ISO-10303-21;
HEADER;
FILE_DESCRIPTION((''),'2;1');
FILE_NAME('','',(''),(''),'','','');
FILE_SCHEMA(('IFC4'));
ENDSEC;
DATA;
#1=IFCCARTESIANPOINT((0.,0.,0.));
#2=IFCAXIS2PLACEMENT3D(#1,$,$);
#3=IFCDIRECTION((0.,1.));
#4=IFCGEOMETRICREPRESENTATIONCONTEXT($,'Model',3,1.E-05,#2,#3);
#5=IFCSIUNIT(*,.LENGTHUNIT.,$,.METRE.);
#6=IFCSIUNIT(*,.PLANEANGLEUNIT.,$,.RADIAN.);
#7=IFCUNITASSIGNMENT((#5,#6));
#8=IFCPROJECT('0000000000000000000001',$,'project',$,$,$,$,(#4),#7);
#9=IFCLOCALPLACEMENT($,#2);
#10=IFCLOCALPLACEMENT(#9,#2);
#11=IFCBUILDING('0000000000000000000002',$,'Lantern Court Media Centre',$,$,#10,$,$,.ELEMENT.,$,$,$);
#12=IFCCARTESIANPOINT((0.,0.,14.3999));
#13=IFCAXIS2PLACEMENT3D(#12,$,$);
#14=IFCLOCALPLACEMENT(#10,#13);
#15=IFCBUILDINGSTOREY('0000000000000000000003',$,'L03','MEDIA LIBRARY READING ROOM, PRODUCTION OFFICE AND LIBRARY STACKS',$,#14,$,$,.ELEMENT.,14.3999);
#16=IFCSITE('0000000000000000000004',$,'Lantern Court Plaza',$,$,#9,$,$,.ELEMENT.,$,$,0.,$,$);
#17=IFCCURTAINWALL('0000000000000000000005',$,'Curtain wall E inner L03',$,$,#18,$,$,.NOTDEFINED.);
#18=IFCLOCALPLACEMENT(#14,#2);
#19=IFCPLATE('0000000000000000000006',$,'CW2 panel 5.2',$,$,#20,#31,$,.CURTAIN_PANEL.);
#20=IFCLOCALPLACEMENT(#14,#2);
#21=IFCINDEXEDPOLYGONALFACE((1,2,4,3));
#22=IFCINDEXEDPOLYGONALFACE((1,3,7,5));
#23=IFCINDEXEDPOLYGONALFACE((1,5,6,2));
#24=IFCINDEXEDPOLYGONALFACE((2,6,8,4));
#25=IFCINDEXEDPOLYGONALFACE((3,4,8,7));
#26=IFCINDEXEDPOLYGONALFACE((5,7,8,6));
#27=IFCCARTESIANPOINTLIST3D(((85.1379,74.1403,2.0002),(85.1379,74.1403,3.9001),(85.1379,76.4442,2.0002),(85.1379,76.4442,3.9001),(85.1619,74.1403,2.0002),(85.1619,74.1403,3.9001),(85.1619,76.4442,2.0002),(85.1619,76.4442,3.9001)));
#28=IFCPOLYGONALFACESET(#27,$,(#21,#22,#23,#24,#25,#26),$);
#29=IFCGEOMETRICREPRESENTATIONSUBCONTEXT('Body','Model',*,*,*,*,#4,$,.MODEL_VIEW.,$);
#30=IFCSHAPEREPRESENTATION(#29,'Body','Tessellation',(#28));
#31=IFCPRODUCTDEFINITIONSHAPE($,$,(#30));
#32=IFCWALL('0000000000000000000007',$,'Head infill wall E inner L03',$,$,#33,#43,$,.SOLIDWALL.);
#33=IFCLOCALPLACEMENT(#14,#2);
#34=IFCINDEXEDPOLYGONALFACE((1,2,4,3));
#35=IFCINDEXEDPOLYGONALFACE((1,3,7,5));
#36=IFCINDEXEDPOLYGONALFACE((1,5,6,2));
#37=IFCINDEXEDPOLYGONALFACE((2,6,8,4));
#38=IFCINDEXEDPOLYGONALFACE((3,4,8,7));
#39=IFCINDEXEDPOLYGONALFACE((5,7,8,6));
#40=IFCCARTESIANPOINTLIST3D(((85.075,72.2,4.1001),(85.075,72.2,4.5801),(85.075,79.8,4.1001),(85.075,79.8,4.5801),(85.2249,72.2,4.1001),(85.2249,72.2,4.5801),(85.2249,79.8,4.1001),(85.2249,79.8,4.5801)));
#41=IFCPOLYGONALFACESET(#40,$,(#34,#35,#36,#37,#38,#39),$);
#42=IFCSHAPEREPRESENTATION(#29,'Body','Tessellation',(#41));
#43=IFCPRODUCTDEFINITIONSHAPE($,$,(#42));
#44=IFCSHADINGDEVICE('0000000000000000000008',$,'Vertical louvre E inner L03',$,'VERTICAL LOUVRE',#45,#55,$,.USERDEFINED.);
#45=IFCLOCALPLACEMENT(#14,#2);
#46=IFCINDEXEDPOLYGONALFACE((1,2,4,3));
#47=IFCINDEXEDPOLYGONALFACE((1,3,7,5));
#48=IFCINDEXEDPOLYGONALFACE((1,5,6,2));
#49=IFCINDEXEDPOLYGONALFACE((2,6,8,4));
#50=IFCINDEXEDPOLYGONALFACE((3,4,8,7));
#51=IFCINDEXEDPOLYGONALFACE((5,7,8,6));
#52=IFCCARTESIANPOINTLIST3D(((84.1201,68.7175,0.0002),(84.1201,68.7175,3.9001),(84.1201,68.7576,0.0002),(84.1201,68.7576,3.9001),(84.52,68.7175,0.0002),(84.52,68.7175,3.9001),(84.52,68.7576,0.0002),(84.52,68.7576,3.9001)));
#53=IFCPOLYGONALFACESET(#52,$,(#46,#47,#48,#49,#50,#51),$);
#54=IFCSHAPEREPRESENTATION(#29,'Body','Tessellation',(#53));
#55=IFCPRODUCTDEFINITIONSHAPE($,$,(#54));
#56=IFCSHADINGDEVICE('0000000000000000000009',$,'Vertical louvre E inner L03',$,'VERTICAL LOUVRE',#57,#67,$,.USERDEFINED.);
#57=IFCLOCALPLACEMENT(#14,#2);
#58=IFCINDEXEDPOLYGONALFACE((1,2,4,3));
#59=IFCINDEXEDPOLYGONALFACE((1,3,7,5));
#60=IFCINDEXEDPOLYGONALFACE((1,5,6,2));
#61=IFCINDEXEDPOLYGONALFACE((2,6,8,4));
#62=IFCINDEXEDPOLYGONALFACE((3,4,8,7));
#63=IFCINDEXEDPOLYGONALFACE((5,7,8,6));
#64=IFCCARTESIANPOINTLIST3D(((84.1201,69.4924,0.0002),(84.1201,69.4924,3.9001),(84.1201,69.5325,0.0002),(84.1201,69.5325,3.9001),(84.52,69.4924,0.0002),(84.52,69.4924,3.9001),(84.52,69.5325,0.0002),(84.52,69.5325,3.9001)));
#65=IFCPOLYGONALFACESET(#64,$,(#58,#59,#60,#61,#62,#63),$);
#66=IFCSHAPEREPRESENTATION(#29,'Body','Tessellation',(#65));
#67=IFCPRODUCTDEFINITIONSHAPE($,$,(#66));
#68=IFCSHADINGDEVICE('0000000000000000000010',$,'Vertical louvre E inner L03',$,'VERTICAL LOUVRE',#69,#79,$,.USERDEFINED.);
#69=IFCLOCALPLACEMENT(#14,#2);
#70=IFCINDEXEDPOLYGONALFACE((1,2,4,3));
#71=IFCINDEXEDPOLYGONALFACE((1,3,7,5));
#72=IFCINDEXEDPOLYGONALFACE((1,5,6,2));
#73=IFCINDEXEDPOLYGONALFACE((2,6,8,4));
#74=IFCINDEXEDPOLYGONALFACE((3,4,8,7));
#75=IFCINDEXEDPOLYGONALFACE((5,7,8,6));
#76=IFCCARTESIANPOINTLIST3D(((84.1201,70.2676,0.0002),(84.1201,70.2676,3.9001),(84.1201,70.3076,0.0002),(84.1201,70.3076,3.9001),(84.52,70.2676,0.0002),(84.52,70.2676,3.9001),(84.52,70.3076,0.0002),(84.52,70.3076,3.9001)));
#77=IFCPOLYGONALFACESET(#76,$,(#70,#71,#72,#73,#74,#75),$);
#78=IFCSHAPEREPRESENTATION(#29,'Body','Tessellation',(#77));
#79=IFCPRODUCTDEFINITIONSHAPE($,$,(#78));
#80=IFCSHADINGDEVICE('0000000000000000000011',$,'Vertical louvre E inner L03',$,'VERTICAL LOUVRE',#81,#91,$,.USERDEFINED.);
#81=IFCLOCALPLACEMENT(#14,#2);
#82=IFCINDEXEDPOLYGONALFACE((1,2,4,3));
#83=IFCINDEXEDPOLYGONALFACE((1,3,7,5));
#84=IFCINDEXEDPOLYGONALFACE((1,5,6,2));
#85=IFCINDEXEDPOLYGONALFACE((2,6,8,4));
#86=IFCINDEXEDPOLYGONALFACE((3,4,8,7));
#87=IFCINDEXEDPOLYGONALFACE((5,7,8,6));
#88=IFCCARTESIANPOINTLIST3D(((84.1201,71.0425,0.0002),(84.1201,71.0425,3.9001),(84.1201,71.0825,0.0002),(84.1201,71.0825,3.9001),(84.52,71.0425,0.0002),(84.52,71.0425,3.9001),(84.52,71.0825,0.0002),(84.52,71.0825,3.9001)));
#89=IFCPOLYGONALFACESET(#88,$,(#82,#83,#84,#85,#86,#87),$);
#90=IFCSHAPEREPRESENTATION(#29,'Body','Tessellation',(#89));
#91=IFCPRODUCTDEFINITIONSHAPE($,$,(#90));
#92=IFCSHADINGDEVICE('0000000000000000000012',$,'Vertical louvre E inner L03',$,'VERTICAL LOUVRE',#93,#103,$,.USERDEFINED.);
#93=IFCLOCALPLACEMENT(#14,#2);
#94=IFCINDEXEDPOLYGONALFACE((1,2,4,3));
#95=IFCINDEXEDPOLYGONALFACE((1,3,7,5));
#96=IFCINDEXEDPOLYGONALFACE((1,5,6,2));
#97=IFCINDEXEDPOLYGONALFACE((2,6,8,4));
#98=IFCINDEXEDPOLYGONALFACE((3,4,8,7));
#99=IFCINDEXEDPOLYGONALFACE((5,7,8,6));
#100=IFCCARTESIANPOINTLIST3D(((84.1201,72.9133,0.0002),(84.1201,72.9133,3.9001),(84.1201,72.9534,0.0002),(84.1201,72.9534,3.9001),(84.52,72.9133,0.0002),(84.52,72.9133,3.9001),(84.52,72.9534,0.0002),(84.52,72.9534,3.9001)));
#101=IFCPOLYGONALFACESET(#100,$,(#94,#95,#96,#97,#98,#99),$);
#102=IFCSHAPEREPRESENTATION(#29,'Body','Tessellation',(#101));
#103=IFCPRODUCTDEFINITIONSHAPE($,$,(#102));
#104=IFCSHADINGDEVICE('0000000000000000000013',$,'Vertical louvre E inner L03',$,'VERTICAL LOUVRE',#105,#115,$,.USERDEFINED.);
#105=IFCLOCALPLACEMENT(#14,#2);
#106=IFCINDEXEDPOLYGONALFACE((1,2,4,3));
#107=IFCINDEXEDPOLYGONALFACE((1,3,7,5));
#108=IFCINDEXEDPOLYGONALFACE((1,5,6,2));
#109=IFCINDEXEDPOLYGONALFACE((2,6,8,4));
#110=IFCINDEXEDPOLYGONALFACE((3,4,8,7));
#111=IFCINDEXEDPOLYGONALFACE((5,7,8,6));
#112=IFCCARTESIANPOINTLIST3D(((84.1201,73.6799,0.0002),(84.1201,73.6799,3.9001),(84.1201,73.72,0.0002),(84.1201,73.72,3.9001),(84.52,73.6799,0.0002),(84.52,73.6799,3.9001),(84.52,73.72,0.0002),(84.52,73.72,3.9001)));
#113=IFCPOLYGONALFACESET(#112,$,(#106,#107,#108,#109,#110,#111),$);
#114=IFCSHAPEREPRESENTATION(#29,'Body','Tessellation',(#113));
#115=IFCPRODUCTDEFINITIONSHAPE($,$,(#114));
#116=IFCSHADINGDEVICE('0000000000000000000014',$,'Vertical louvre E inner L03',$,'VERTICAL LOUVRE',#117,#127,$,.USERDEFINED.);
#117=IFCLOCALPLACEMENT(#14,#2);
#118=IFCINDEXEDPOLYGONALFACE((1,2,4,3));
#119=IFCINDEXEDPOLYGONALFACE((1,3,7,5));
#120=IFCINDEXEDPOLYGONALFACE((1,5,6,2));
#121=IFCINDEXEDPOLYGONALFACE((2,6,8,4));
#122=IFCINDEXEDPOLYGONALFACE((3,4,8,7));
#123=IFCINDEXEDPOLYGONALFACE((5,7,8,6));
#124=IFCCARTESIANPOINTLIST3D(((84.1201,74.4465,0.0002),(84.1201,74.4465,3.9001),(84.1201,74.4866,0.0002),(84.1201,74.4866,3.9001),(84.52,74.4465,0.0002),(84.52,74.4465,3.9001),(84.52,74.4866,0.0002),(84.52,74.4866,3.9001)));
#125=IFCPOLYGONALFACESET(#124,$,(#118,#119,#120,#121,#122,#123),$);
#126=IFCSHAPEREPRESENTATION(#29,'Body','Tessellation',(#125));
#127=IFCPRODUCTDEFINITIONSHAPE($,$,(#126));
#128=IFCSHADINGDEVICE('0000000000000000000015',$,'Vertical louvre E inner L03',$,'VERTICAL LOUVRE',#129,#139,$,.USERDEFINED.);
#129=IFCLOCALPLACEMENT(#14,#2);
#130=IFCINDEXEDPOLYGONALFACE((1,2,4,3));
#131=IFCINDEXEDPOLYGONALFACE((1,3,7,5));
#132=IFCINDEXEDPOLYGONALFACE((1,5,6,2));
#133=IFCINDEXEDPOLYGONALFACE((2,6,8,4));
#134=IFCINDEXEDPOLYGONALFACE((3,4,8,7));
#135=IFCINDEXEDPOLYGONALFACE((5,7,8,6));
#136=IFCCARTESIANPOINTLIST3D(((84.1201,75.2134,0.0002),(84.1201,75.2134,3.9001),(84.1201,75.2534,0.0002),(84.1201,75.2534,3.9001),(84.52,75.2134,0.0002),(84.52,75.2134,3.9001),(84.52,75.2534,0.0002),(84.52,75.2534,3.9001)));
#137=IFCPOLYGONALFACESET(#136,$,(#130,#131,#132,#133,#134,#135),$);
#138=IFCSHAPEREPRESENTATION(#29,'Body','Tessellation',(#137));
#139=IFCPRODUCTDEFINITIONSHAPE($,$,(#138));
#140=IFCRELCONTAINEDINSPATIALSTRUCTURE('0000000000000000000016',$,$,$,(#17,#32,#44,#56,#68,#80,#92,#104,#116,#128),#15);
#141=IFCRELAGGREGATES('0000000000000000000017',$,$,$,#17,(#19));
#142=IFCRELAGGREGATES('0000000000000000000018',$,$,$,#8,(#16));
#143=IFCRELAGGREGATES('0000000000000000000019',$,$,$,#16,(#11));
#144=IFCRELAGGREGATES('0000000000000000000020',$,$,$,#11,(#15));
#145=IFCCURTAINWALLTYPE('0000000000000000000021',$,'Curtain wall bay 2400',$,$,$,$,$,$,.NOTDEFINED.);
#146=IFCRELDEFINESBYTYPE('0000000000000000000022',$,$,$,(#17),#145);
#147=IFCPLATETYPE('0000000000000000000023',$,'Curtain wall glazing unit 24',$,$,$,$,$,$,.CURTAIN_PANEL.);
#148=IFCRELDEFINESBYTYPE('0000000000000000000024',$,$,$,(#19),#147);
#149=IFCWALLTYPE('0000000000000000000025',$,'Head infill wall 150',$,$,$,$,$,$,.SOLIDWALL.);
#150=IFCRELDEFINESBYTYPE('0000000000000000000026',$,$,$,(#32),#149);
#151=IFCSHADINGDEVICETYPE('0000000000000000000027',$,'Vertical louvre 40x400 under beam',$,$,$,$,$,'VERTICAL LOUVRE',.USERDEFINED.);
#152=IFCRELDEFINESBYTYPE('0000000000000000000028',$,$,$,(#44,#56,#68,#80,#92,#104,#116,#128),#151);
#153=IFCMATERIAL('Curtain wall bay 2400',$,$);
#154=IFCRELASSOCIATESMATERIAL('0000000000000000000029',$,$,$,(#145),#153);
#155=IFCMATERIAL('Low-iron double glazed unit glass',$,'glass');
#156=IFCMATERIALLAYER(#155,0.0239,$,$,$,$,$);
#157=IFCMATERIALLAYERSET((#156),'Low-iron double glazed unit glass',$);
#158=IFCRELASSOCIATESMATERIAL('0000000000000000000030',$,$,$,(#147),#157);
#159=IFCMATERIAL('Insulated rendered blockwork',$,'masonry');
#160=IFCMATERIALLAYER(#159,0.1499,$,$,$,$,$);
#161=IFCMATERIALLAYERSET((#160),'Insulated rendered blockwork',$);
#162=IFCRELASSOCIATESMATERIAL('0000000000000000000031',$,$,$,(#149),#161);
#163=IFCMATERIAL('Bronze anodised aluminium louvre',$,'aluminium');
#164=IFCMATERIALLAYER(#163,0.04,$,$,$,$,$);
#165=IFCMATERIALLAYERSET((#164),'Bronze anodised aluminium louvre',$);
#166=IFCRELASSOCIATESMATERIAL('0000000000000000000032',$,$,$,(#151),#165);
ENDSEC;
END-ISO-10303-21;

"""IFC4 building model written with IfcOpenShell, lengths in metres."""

from ifc_helpers import new_model, si_unit, direction, frame, frame_2d, origin, origin_2d, place, context, subcontext, project, spatial, rectangle, extrude, material, layer, layer_set, type_object, element, aggregate, save


model = new_model("IFC4")

# Units and contexts
model_context = context("Model", 3, precision=1e-05, world=origin(), true_north=direction((0.0, 1.0)))
body_context = subcontext(model_context, "Body", "Model", "MODEL_VIEW")
ifc_project = project(units=[si_unit("LENGTHUNIT", "METRE"), si_unit("PLANEANGLEUNIT", "RADIAN")], contexts=[model_context])

# Site, building, storey
site_placement = place(None, origin())
site = spatial("IfcSite", under=ifc_project, at=site_placement, Name="Lantern Court Plaza", CompositionType="ELEMENT", RefElevation=0.0)
building_placement = place(site_placement, origin())
building = spatial("IfcBuilding", under=site, at=building_placement, Name="Lantern Court Media Centre", CompositionType="ELEMENT")
storey_placement = place(building_placement, frame((0.0, 0.0, 14.3999)))
storey = spatial("IfcBuildingStorey", under=building, at=storey_placement, Name="L03", Description="MEDIA LIBRARY READING ROOM, PRODUCTION OFFICE AND LIBRARY STACKS", CompositionType="ELEMENT", Elevation=14.3999)

# Curtain wall
ifc_material_1 = material(Name="Curtain wall bay 2400")
curtain_wall_type = type_object("IfcCurtainWallType", Name="Curtain wall bay 2400", PredefinedType="NOTDEFINED", material=ifc_material_1)
curtain_wall_placement = place(storey_placement, origin())
curtain_wall = element("IfcCurtainWall", 1, at=curtain_wall_placement, inside=storey, type_object=curtain_wall_type, Name="Curtain wall E inner L03", PredefinedType="NOTDEFINED")

# Plate
ifc_material_2 = material(Name="Low-iron double glazed unit glass", Category="glass")
ifc_layer_1 = layer(ifc_material_2, 0.0239)
ifc_layer_set_1 = layer_set([ifc_layer_1], Name="Low-iron double glazed unit glass")
plate_type = type_object("IfcPlateType", Name="Curtain wall glazing unit 24", PredefinedType="CURTAIN_PANEL", material=ifc_layer_set_1)
plate_1_placement = place(storey_placement, frame((85.1499, 75.2922, 2.0002), z_axis=(0.0, 0.0, 1.0), x_axis=(0.0, 1.0, 0.0)))
plate_1 = element("IfcPlate", 2, at=plate_1_placement, type_object=plate_type, Name="CW2 panel 5.2", PredefinedType="CURTAIN_PANEL", context=body_context, shape_type="SweptSolid", body=[
    extrude(rectangle(XDim=2.304, YDim=0.0239, at=origin_2d()), origin(), (0.0, 0.0, 1.0), 1.8999),
])
aggregate(curtain_wall, [plate_1])

# Wall
ifc_material_3 = material(Name="Insulated rendered blockwork", Category="masonry")
ifc_layer_2 = layer(ifc_material_3, 0.1499)
ifc_layer_set_2 = layer_set([ifc_layer_2], Name="Insulated rendered blockwork")
wall_type = type_object("IfcWallType", Name="Head infill wall 150", PredefinedType="SOLIDWALL", material=ifc_layer_set_2)
wall_placement = place(storey_placement, frame((85.1499, 72.2, 4.1001), z_axis=(0.0, 0.0, 1.0), x_axis=(0.0, 1.0, 0.0)))
element("IfcWall", 3, at=wall_placement, inside=storey, type_object=wall_type, Name="Head infill wall E inner L03", PredefinedType="SOLIDWALL", context=body_context, shape_type="SweptSolid", body=[
    extrude(rectangle(XDim=7.6001, YDim=0.1499, at=frame_2d((3.8, 0.0))), origin(), (0.0, 0.0, 1.0), 0.48),
])

# Shading devices
ifc_material_4 = material(Name="Bronze anodised aluminium louvre", Category="aluminium")
ifc_layer_3 = layer(ifc_material_4, 0.04)
ifc_layer_set_3 = layer_set([ifc_layer_3], Name="Bronze anodised aluminium louvre")
shading_device_type = type_object("IfcShadingDeviceType", Name="Vertical louvre 40x400 under beam", ElementType="VERTICAL LOUVRE", PredefinedType="USERDEFINED", material=ifc_layer_set_3)
for number, where, z_axis, x_axis, name in (
    (4, (84.3201, 68.7375, 0.0002), (0.0, 0.0, 1.0), (1.0, 0.0, 0.0), "Vertical louvre E inner L03"),
    (5, (84.3201, 69.5125, 0.0002), (0.0, 0.0, 1.0), (1.0, 0.0, 0.0), "Vertical louvre E inner L03"),
    (6, (84.3201, 70.2876, 0.0002), (0.0, 0.0, 1.0), (1.0, 0.0, 0.0), "Vertical louvre E inner L03"),
    (7, (84.3201, 71.0625, 0.0002), (0.0, 0.0, 1.0), (1.0, 0.0, 0.0), "Vertical louvre E inner L03"),
    (8, (84.3201, 72.9333, 0.0002), (0.0, 0.0, 1.0), (1.0, 0.0, 0.0), "Vertical louvre E inner L03"),
    (9, (84.3201, 73.7, 0.0002), (0.0, 0.0, 1.0), (1.0, 0.0, 0.0), "Vertical louvre E inner L03"),
    (10, (84.3201, 74.4666, 0.0002), (0.0, 0.0, 1.0), (1.0, 0.0, 0.0), "Vertical louvre E inner L03"),
    (11, (84.3201, 75.2334, 0.0002), (0.0, 0.0, 1.0), (1.0, 0.0, 0.0), "Vertical louvre E inner L03"),
):
    element("IfcShadingDevice", number, at=place(storey_placement, frame(where, z_axis=z_axis, x_axis=x_axis)), inside=storey, type_object=shading_device_type, Name=name, ObjectType="VERTICAL LOUVRE", PredefinedType="USERDEFINED", context=body_context, shape_type="SweptSolid", body=[
        extrude(rectangle(XDim=0.3999, YDim=0.04, at=origin_2d()), origin(), (0.0, 0.0, 1.0), 3.8999),
    ])

save(model, "model.ifc")
